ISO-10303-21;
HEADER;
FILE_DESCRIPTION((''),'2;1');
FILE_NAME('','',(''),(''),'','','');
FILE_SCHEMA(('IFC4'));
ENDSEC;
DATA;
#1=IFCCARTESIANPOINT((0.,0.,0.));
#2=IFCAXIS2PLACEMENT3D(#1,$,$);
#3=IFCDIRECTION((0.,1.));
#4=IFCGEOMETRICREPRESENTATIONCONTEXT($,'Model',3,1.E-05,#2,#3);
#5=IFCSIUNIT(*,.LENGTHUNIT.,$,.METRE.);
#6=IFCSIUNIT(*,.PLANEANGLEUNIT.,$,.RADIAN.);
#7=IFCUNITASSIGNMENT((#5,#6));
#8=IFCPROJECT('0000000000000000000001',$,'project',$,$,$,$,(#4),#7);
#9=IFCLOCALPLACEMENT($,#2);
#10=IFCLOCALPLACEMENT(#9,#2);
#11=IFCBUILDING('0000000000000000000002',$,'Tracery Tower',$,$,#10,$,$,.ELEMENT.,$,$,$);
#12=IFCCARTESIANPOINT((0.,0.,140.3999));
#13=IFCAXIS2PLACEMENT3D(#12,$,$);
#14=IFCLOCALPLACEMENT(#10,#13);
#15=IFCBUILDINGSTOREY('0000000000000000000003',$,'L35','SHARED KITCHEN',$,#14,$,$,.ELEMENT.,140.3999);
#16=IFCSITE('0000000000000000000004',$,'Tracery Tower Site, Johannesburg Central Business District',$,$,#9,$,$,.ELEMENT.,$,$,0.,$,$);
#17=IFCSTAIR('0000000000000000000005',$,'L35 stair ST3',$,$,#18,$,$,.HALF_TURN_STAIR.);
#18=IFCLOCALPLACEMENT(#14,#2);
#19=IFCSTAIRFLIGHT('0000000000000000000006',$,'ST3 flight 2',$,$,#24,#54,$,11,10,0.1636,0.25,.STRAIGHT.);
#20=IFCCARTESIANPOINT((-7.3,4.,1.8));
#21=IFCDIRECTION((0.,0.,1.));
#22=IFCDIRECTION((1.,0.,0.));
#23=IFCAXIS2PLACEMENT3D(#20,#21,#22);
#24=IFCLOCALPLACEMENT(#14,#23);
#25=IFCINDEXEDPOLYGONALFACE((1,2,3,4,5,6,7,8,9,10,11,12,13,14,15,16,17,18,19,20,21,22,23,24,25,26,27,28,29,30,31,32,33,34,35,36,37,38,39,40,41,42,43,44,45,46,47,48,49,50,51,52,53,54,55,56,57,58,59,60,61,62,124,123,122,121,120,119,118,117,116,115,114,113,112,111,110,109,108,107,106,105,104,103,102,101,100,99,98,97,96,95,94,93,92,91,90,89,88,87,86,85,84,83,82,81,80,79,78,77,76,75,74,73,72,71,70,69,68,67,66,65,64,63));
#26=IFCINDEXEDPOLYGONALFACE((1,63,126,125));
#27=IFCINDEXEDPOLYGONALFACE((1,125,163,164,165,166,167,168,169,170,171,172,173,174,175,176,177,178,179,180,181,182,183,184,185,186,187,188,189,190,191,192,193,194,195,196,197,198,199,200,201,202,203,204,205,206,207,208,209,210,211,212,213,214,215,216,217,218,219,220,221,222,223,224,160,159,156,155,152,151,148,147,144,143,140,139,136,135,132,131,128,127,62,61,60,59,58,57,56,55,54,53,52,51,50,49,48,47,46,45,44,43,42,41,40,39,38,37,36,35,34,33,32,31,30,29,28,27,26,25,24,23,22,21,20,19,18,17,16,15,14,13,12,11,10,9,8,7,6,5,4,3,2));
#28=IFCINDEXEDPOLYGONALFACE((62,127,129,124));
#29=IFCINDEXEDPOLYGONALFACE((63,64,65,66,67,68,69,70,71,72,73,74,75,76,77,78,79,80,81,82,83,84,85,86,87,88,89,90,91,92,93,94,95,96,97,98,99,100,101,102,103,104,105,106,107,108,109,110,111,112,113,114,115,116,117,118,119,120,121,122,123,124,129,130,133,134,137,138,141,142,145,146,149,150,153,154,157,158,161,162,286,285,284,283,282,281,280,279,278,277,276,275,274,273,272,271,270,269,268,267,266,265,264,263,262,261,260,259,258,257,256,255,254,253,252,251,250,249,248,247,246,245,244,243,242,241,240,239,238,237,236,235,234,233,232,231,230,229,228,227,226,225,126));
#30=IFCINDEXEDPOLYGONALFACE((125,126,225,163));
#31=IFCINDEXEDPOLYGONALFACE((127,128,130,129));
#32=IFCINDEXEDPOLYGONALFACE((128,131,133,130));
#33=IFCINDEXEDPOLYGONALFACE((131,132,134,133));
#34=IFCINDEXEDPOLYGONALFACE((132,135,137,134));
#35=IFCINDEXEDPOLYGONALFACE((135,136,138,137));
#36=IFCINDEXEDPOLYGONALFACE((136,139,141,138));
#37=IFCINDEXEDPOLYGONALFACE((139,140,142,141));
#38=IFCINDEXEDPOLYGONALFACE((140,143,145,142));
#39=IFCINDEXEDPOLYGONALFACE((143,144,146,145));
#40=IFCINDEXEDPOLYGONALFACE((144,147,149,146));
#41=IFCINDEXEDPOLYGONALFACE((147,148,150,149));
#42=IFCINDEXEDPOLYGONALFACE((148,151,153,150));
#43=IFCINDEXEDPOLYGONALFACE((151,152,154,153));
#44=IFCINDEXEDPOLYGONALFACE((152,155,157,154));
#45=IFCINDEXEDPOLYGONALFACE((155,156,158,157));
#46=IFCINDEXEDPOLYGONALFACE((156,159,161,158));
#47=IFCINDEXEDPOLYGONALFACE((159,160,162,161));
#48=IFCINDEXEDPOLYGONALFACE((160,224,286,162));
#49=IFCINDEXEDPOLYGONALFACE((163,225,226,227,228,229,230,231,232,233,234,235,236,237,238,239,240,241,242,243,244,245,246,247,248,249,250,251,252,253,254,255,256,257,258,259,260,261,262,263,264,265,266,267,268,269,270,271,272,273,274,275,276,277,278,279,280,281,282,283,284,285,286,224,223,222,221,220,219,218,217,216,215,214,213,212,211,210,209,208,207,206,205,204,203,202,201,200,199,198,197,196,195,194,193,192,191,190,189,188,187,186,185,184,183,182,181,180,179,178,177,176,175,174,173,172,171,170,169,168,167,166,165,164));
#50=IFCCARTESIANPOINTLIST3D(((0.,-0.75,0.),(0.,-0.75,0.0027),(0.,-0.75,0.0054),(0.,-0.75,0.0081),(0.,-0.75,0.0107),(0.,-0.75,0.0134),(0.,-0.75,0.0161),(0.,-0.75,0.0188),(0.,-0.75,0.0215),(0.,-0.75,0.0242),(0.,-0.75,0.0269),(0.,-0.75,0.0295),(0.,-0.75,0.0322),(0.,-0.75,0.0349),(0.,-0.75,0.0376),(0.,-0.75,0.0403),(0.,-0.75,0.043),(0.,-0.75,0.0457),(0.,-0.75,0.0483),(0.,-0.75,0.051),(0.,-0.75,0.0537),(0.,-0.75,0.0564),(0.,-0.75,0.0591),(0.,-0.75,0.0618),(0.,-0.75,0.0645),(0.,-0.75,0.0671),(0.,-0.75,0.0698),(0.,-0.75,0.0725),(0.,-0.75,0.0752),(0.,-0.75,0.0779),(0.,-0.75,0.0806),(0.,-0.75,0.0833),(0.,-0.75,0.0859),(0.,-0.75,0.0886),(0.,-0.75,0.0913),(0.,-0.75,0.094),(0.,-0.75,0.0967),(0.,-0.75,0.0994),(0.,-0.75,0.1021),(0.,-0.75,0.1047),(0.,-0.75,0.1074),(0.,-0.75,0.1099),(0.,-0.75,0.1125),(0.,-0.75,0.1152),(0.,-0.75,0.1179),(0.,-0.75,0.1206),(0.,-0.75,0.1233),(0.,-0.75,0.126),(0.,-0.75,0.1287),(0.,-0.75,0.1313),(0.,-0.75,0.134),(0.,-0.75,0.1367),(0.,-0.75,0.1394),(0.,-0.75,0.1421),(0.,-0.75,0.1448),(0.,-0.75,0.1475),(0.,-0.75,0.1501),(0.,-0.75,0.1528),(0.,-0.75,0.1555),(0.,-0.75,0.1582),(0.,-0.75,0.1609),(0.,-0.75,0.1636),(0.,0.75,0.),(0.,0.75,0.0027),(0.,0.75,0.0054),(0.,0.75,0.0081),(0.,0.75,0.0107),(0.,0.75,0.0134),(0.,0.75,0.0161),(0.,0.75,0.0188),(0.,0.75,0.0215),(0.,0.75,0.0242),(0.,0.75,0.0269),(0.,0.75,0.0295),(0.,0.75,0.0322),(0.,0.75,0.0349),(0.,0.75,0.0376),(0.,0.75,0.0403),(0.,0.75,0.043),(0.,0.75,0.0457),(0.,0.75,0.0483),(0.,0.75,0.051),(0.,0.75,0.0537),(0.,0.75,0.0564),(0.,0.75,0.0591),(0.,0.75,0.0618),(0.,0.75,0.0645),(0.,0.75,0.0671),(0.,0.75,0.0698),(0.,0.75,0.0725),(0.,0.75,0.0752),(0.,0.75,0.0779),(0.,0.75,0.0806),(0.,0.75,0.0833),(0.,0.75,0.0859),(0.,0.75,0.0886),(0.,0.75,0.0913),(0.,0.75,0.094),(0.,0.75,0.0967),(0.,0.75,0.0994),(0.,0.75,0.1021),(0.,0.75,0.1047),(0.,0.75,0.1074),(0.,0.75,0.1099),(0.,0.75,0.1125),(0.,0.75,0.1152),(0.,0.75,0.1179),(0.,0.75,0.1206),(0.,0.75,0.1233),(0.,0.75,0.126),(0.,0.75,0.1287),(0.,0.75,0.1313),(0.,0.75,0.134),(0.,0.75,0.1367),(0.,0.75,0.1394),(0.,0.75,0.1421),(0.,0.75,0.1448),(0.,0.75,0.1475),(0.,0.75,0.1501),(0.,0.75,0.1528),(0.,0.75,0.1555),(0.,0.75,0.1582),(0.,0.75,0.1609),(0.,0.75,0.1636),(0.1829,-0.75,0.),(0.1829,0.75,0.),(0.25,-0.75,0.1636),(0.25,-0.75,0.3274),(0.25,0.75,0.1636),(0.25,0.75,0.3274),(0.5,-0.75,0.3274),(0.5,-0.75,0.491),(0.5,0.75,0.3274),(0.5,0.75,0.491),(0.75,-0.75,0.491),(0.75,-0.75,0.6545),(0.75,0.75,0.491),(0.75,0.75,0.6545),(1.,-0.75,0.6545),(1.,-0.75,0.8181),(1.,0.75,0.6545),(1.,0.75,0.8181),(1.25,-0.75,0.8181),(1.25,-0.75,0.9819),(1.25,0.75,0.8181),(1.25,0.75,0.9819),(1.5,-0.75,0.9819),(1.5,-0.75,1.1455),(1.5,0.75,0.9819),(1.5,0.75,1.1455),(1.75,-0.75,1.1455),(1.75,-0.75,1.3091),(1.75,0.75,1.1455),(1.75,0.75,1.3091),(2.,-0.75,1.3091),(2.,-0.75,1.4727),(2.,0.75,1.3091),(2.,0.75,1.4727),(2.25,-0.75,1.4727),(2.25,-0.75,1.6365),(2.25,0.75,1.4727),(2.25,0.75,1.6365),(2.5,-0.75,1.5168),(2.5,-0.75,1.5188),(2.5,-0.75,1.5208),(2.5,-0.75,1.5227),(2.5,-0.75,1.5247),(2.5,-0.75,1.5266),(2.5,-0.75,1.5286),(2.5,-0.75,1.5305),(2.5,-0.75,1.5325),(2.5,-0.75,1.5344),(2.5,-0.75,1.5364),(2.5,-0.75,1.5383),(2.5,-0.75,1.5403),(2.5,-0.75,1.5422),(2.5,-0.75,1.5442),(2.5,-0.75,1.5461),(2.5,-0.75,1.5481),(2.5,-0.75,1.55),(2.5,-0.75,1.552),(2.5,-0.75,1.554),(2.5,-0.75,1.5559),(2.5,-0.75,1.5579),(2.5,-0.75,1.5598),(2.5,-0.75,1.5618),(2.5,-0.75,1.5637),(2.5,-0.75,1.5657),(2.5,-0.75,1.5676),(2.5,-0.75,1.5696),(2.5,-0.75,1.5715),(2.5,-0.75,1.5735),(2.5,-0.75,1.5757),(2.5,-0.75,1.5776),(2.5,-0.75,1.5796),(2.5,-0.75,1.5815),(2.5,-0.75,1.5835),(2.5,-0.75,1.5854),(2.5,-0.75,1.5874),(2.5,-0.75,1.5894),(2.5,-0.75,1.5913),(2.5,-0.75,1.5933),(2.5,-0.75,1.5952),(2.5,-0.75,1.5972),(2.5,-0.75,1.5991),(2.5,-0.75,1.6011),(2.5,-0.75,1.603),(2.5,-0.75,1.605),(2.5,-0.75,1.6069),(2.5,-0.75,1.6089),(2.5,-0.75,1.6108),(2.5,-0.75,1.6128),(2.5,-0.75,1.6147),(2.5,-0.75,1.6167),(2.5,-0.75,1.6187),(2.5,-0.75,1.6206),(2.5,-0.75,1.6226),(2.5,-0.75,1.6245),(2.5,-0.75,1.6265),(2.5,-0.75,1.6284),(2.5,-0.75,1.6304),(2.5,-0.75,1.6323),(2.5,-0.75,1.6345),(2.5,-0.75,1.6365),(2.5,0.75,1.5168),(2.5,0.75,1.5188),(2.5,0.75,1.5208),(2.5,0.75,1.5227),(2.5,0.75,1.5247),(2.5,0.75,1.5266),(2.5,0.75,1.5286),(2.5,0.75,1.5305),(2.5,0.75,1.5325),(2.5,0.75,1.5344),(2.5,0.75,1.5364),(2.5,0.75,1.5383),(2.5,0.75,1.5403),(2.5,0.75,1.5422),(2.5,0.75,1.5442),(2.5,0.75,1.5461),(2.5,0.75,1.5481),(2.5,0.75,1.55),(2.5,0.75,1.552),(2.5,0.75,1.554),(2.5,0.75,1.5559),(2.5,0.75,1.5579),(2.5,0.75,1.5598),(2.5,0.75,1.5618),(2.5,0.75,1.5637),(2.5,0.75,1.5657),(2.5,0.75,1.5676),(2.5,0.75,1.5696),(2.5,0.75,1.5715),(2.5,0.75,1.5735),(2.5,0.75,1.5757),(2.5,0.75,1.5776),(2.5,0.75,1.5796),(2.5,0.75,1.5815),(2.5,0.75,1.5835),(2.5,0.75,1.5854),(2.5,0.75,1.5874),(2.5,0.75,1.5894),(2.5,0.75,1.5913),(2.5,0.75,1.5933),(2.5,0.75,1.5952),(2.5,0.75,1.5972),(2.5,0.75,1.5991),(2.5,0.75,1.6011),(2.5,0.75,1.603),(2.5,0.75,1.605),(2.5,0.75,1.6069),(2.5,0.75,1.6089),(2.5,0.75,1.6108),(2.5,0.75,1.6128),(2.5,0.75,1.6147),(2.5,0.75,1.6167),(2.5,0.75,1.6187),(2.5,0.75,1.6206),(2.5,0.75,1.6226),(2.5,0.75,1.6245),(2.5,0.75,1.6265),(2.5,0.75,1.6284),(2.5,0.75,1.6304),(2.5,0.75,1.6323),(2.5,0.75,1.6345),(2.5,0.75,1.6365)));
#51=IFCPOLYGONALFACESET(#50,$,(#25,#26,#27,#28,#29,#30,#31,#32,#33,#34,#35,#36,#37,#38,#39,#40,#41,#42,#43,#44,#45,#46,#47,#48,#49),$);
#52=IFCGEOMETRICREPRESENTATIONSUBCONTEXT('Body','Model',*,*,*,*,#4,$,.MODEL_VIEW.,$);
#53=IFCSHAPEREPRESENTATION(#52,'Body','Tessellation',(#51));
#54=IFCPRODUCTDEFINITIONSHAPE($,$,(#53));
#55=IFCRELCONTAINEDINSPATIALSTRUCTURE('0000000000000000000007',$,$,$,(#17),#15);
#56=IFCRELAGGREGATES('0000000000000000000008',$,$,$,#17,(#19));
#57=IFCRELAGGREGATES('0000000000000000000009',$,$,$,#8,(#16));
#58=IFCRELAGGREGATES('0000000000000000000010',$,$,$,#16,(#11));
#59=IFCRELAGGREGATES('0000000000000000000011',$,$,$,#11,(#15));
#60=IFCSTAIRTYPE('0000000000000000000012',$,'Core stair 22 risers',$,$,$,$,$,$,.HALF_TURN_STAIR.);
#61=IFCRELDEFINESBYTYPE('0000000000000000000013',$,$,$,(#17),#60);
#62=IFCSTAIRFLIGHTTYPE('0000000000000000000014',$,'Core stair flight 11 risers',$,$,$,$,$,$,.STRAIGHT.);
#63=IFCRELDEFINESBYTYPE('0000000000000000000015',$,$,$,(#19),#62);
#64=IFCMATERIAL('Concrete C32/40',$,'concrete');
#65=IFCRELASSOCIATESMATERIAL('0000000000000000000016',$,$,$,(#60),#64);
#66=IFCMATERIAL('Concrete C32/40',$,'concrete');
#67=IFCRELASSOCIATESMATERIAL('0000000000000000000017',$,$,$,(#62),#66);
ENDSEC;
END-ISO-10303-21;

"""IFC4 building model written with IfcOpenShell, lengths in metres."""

from ifc_helpers import new_model, si_unit, direction, frame, origin, place, context, subcontext, project, spatial, polyline, outline, extrude, material, type_object, element, aggregate, save


model = new_model("IFC4")

# Units and contexts
model_context = context("Model", 3, precision=1e-05, world=origin(), true_north=direction((0.0, 1.0)))
body_context = subcontext(model_context, "Body", "Model", "MODEL_VIEW")
ifc_project = project(units=[si_unit("LENGTHUNIT", "METRE"), si_unit("PLANEANGLEUNIT", "RADIAN")], contexts=[model_context])

# Site, building, storey
site_placement = place(None, origin())
site = spatial("IfcSite", under=ifc_project, at=site_placement, Name="Tracery Tower Site, Johannesburg Central Business District", CompositionType="ELEMENT", RefElevation=0.0)
building_placement = place(site_placement, origin())
building = spatial("IfcBuilding", under=site, at=building_placement, Name="Tracery Tower", CompositionType="ELEMENT")
storey_placement = place(building_placement, frame((0.0, 0.0, 140.3999)))
storey = spatial("IfcBuildingStorey", under=building, at=storey_placement, Name="L35", Description="SHARED KITCHEN", CompositionType="ELEMENT", Elevation=140.3999)

# Stair, stair flight
ifc_material_1 = material(Name="Concrete C32/40", Category="concrete")
stair_type = type_object("IfcStairType", Name="Core stair 22 risers", PredefinedType="HALF_TURN_STAIR", material=ifc_material_1)
stair_placement = place(storey_placement, origin())
stair = element("IfcStair", 1, at=stair_placement, inside=storey, type_object=stair_type, Name="L35 stair ST3", PredefinedType="HALF_TURN_STAIR")
ifc_material_2 = material(Name="Concrete C32/40", Category="concrete")
stair_flight_type = type_object("IfcStairFlightType", Name="Core stair flight 11 risers", PredefinedType="STRAIGHT", material=ifc_material_2)
stair_flight_1_placement = place(storey_placement, frame((-7.3, 4.0, 1.8), z_axis=(0.0, 0.0, 1.0), x_axis=(1.0, 0.0, 0.0)))
stair_flight_1 = element("IfcStairFlight", 2, at=stair_flight_1_placement, type_object=stair_flight_type, Name="ST3 flight 2", NumberOfRisers=11, NumberOfTreads=10, PredefinedType="STRAIGHT", RiserHeight=0.1636, TreadLength=0.25, context=body_context, shape_type="SweptSolid", body=[
    extrude(outline(polyline([(0.0, 0.0), (0.0, 0.0027), (0.0, 0.0054), (0.0, 0.0081), (0.0, 0.0107), (0.0, 0.0134), (0.0, 0.0161), (0.0, 0.0188), (0.0, 0.0215), (0.0, 0.0242), (0.0, 0.0269), (0.0, 0.0295), (0.0, 0.0322), (0.0, 0.0349), (0.0, 0.0376), (0.0, 0.0403), (0.0, 0.043), (0.0, 0.0457), (0.0, 0.0483), (0.0, 0.051), (0.0, 0.0537), (0.0, 0.0564), (0.0, 0.0591), (0.0, 0.0618), (0.0, 0.0645), (0.0, 0.0671), (0.0, 0.0698), (0.0, 0.0725), (0.0, 0.0752), (0.0, 0.0779), (0.0, 0.0806), (0.0, 0.0833), (0.0, 0.0859), (0.0, 0.0886), (0.0, 0.0913), (0.0, 0.094), (0.0, 0.0967), (0.0, 0.0994), (0.0, 0.1021), (0.0, 0.1047), (0.0, 0.1074), (0.0, 0.1099), (0.0, 0.1125), (0.0, 0.1152), (0.0, 0.1179), (0.0, 0.1206), (0.0, 0.1233), (0.0, 0.126), (0.0, 0.1287), (0.0, 0.1313), (0.0, 0.134), (0.0, 0.1367), (0.0, 0.1394), (0.0, 0.1421), (0.0, 0.1448), (0.0, 0.1475), (0.0, 0.1501), (0.0, 0.1528), (0.0, 0.1555), (0.0, 0.1582), (0.0, 0.1609), (0.0, 0.1636), (0.25, 0.1636), (0.25, 0.3274), (0.5, 0.3274), (0.5, 0.491), (0.75, 0.491), (0.75, 0.6545), (1.0, 0.6545), (1.0, 0.8181), (1.25, 0.8181), (1.25, 0.9819), (1.5, 0.9819), (1.5, 1.1455), (1.75, 1.1455), (1.75, 1.3091), (2.0, 1.3091), (2.0, 1.4727), (2.25, 1.4727), (2.25, 1.6365), (2.5, 1.6365), (2.5, 1.6345), (2.5, 1.6323), (2.5, 1.6304), (2.5, 1.6284), (2.5, 1.6265), (2.5, 1.6245), (2.5, 1.6226), (2.5, 1.6206), (2.5, 1.6187), (2.5, 1.6167), (2.5, 1.6147), (2.5, 1.6128), (2.5, 1.6108), (2.5, 1.6089), (2.5, 1.6069), (2.5, 1.605), (2.5, 1.603), (2.5, 1.6011), (2.5, 1.5991), (2.5, 1.5972), (2.5, 1.5952), (2.5, 1.5933), (2.5, 1.5913), (2.5, 1.5894), (2.5, 1.5874), (2.5, 1.5854), (2.5, 1.5835), (2.5, 1.5815), (2.5, 1.5796), (2.5, 1.5776), (2.5, 1.5757), (2.5, 1.5735), (2.5, 1.5715), (2.5, 1.5696), (2.5, 1.5676), (2.5, 1.5657), (2.5, 1.5637), (2.5, 1.5618), (2.5, 1.5598), (2.5, 1.5579), (2.5, 1.5559), (2.5, 1.554), (2.5, 1.552), (2.5, 1.55), (2.5, 1.5481), (2.5, 1.5461), (2.5, 1.5442), (2.5, 1.5422), (2.5, 1.5403), (2.5, 1.5383), (2.5, 1.5364), (2.5, 1.5344), (2.5, 1.5325), (2.5, 1.5305), (2.5, 1.5286), (2.5, 1.5266), (2.5, 1.5247), (2.5, 1.5227), (2.5, 1.5208), (2.5, 1.5188), (2.5, 1.5168), (0.1829, 0.0), (0.0, 0.0)])), frame((0.0, 0.75, 0.0), z_axis=(0.0, -1.0, 0.0), x_axis=(1.0, 0.0, 0.0)), (0.0, 0.0, 1.0), 1.5),
])
aggregate(stair, [stair_flight_1])

save(model, "model.ifc")
